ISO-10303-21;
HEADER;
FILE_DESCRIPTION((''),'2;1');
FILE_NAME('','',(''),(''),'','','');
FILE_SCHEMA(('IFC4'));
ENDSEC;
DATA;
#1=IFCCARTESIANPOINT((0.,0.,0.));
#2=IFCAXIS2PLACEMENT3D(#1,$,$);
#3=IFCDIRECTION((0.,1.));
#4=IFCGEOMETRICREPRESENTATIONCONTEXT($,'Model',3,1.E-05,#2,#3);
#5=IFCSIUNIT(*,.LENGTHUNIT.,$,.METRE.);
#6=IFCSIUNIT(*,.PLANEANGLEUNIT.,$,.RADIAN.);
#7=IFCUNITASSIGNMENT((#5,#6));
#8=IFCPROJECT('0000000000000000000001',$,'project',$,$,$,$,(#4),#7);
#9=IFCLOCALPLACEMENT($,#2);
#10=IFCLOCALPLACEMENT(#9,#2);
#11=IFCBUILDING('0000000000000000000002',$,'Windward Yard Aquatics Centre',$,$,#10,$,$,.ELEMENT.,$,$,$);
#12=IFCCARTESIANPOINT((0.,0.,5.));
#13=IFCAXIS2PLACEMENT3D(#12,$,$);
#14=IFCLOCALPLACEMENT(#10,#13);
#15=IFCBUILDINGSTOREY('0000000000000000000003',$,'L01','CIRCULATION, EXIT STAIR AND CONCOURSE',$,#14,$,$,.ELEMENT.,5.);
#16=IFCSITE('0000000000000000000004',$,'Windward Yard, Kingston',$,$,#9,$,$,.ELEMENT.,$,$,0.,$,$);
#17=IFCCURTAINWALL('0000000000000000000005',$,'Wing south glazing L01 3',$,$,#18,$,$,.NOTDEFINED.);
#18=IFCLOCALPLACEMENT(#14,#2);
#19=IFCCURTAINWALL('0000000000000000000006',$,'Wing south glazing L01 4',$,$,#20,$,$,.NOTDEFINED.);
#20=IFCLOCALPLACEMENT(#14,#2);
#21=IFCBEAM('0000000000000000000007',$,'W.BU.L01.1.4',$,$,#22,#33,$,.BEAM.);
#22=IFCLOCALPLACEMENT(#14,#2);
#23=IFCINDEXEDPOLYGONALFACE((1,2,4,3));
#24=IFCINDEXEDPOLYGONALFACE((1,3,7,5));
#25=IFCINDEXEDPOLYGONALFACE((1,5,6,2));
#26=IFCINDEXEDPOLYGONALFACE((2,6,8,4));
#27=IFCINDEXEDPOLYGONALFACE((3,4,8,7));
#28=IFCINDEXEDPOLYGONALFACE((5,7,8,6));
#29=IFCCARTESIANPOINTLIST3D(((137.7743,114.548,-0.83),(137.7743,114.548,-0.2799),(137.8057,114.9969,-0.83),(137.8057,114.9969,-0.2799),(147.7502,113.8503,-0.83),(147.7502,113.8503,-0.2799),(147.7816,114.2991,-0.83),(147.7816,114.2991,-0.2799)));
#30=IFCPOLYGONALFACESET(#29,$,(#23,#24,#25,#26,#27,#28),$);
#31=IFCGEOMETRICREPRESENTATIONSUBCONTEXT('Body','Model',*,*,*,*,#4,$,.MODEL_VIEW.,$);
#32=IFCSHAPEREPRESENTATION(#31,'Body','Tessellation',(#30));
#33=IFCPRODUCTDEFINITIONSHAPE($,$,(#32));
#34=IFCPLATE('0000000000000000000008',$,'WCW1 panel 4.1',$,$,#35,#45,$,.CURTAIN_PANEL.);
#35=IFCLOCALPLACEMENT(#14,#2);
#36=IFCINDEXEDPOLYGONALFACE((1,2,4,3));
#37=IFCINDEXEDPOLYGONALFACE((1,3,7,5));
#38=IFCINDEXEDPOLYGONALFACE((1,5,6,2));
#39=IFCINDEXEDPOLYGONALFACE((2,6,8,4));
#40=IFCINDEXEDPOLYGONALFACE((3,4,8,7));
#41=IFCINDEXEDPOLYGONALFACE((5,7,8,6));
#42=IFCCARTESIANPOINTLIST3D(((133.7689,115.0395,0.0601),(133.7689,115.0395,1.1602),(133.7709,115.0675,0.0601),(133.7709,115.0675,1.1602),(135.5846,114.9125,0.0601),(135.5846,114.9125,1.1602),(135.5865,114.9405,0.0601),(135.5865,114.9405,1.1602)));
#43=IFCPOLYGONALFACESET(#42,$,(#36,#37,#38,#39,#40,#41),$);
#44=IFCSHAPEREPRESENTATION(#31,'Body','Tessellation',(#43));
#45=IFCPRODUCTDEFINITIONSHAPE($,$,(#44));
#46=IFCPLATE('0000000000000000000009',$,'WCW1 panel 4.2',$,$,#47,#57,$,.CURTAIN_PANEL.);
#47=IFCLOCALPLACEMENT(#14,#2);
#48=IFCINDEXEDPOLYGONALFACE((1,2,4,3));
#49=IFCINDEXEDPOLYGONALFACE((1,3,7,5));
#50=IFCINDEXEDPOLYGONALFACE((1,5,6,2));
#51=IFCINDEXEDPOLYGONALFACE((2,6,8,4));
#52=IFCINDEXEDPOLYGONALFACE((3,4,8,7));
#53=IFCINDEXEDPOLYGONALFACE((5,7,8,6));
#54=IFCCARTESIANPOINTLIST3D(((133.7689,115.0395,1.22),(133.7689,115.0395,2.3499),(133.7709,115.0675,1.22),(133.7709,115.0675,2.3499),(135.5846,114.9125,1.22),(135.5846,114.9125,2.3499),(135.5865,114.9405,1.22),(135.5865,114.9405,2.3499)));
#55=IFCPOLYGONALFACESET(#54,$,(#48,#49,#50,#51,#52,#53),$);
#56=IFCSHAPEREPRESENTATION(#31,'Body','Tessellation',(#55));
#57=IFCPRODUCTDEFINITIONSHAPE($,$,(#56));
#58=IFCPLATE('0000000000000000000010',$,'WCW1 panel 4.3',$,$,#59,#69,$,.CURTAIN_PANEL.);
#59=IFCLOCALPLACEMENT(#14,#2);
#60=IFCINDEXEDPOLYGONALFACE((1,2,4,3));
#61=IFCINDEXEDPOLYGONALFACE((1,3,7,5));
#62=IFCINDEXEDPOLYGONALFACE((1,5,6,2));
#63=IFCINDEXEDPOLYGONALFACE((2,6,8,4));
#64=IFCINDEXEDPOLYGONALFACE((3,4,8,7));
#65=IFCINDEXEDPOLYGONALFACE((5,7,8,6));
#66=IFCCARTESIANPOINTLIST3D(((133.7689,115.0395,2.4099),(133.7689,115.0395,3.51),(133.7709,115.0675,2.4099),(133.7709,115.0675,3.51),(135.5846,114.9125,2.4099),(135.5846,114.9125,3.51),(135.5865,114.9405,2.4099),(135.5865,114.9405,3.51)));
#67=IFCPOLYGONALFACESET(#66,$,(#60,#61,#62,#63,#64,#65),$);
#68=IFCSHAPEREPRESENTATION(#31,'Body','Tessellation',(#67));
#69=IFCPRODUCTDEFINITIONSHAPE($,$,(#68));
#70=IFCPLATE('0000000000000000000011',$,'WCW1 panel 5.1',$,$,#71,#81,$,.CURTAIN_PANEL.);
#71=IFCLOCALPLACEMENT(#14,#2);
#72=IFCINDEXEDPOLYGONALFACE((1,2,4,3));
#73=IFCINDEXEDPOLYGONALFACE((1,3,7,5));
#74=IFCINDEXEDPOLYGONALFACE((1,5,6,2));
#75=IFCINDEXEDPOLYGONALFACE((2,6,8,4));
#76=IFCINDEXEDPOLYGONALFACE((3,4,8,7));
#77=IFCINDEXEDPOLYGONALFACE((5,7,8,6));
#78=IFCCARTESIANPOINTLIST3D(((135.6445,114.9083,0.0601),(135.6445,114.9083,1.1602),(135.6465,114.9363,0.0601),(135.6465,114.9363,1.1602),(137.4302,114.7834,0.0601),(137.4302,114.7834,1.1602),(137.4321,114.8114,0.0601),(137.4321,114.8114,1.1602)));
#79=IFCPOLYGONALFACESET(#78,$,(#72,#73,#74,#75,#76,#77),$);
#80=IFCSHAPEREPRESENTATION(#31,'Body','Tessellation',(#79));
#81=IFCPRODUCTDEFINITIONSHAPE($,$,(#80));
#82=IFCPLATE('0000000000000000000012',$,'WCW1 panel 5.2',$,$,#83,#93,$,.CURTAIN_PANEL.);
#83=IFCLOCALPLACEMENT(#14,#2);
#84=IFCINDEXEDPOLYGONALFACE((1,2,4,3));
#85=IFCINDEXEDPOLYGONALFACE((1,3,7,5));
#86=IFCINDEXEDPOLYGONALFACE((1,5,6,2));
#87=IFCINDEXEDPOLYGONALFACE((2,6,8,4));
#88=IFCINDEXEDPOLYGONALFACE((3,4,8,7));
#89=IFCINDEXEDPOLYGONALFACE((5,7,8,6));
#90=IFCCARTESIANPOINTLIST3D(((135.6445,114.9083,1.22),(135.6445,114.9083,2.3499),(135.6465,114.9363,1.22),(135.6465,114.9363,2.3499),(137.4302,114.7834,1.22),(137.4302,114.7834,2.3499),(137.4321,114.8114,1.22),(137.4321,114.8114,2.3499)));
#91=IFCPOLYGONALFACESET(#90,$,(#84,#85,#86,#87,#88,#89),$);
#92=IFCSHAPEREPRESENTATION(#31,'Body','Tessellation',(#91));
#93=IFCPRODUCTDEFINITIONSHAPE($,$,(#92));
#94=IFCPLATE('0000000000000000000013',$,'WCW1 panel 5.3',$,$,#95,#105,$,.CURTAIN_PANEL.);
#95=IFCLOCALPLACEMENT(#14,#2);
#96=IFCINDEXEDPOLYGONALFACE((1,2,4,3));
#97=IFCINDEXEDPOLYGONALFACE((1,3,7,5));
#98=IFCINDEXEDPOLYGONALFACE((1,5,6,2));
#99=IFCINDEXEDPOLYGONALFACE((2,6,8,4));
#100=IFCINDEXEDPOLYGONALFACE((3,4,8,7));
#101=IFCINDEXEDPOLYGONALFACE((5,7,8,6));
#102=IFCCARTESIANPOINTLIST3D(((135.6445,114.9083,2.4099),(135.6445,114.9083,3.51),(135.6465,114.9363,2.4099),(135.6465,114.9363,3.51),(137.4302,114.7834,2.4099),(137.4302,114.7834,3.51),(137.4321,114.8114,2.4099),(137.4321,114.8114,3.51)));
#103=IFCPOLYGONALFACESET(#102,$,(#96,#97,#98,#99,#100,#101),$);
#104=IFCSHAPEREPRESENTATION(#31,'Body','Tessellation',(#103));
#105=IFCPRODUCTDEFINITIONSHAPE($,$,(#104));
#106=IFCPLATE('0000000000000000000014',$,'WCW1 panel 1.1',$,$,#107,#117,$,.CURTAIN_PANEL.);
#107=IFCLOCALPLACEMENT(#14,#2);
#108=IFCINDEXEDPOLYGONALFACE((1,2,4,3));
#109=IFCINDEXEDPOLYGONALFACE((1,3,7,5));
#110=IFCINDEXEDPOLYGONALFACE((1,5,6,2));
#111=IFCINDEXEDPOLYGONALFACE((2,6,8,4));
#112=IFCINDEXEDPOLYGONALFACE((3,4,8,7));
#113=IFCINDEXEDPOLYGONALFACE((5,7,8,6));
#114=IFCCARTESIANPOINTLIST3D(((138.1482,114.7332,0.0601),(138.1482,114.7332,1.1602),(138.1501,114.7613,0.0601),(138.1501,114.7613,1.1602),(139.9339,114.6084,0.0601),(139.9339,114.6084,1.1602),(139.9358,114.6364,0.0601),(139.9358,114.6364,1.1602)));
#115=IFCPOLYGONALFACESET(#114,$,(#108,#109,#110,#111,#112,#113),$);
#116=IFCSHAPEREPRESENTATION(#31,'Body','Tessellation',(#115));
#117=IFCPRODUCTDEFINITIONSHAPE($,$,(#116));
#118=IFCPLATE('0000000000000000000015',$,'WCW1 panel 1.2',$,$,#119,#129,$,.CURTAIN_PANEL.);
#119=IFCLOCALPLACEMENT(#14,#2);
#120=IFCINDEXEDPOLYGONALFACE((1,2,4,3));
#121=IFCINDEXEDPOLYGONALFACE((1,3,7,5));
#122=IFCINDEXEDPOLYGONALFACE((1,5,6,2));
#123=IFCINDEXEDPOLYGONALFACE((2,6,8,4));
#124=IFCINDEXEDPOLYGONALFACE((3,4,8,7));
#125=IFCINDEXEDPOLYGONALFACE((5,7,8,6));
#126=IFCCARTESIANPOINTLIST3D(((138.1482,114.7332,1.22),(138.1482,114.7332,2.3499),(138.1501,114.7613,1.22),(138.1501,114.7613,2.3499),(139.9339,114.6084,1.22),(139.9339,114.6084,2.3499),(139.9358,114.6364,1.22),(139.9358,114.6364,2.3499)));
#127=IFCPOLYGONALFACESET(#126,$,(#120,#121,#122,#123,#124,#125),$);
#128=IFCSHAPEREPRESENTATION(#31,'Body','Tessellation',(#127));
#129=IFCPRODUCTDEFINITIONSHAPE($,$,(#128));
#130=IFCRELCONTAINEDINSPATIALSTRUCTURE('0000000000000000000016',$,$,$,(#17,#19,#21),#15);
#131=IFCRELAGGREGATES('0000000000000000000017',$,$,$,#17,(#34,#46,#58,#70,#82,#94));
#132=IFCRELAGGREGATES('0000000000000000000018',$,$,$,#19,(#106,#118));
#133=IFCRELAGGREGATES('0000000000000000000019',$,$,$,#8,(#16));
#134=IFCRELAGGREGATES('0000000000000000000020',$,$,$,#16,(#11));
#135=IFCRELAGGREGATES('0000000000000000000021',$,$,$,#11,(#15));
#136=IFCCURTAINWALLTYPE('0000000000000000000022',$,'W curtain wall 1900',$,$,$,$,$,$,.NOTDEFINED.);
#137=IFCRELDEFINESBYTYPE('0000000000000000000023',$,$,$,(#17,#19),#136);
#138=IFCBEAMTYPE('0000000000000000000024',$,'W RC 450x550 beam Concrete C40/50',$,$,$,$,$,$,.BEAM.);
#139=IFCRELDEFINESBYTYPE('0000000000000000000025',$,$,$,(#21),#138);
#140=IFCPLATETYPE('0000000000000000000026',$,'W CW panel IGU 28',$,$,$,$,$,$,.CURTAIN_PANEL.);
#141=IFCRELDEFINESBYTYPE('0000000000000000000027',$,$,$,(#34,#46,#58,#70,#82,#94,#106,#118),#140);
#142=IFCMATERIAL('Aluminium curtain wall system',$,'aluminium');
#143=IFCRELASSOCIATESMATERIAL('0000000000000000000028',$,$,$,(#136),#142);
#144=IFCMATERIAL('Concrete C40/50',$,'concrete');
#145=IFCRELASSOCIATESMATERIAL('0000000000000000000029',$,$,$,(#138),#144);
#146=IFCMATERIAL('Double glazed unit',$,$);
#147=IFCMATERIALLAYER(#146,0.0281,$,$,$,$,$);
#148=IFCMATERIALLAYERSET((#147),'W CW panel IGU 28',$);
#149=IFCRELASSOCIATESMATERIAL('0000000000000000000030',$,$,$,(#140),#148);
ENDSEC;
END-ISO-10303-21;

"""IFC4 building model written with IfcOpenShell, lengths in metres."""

from ifc_helpers import new_model, si_unit, direction, frame, origin, origin_2d, place, context, subcontext, project, spatial, rectangle, extrude, material, layer, layer_set, material_profile, profile_set, type_object, element, aggregate, save


model = new_model("IFC4")

# Units and contexts
model_context = context("Model", 3, precision=1e-05, world=origin(), true_north=direction((0.0, 1.0)))
body_context = subcontext(model_context, "Body", "Model", "MODEL_VIEW")
ifc_project = project(units=[si_unit("LENGTHUNIT", "METRE"), si_unit("PLANEANGLEUNIT", "RADIAN")], contexts=[model_context])

# Site, building, storey
site_placement = place(None, origin())
site = spatial("IfcSite", under=ifc_project, at=site_placement, Name="Windward Yard, Kingston", CompositionType="ELEMENT", RefElevation=0.0)
building_placement = place(site_placement, origin())
building = spatial("IfcBuilding", under=site, at=building_placement, Name="Windward Yard Aquatics Centre", CompositionType="ELEMENT")
storey_placement = place(building_placement, frame((0.0, 0.0, 5.0)))
storey = spatial("IfcBuildingStorey", under=building, at=storey_placement, Name="L01", Description="CIRCULATION, EXIT STAIR AND CONCOURSE", CompositionType="ELEMENT", Elevation=5.0)

# Curtain wall
ifc_material_1 = material(Name="Aluminium curtain wall system", Category="aluminium")
curtain_wall_type = type_object("IfcCurtainWallType", Name="W curtain wall 1900", PredefinedType="NOTDEFINED", material=ifc_material_1)
curtain_wall_1_placement = place(storey_placement, origin())
curtain_wall_1 = element("IfcCurtainWall", 1, at=curtain_wall_1_placement, inside=storey, type_object=curtain_wall_type, Name="Wing south glazing L01 3", PredefinedType="NOTDEFINED")

# Curtain wall
curtain_wall_2_placement = place(storey_placement, origin())
curtain_wall_2 = element("IfcCurtainWall", 2, at=curtain_wall_2_placement, inside=storey, type_object=curtain_wall_type, Name="Wing south glazing L01 4", PredefinedType="NOTDEFINED")

# Beam
ifc_material_2 = material(Name="Concrete C40/50", Category="concrete")
ifc_material_profile_1 = material_profile(ifc_material_2, rectangle(XDim=0.45, YDim=0.55, at=origin_2d()), Name="RC 450x550")
ifc_profile_set_1 = profile_set([ifc_material_profile_1], Name="Concrete C40/50")
beam_type_1 = type_object("IfcBeamType", Name="W RC 450x550 beam Concrete C40/50", PredefinedType="BEAM", material=ifc_profile_set_1)
beam_1_placement = place(storey_placement, frame((137.79, 114.7725, -0.5549), z_axis=(0.997563, -0.069774, 0.0), x_axis=(0.069774, 0.997563, 0.0)))
element("IfcBeam", 3, at=beam_1_placement, inside=storey, type_object=beam_type_1, Name="W.BU.L01.1.4", PredefinedType="BEAM", context=body_context, shape_type="SweptSolid", body=[
    extrude(rectangle(XDim=0.45, YDim=0.55, at=origin_2d()), origin(), (0.0, 0.0, 1.0), 10.0002),
])

# Plates
ifc_material_3 = material(Name="Double glazed unit")
ifc_layer = layer(ifc_material_3, 0.0281)
ifc_layer_set = layer_set([ifc_layer], Name="W CW panel IGU 28")
plate_type = type_object("IfcPlateType", Name="W CW panel IGU 28", PredefinedType="CURTAIN_PANEL", material=ifc_layer_set)
plate_1_placement = place(storey_placement, frame((134.6777, 114.99, 0.0601), z_axis=(0.0, 0.0, 1.0), x_axis=(0.997564, -0.069755, 0.0)))
plate_1 = element("IfcPlate", 4, at=plate_1_placement, type_object=plate_type, Name="WCW1 panel 4.1", PredefinedType="CURTAIN_PANEL", context=body_context, shape_type="SweptSolid", body=[
    extrude(rectangle(XDim=1.8201, YDim=0.0281, at=origin_2d()), origin(), (0.0, 0.0, 1.0), 1.1001),
])
plate_2_placement = place(storey_placement, frame((134.6777, 114.99, 1.22), z_axis=(0.0, 0.0, 1.0), x_axis=(0.997564, -0.069755, 0.0)))
plate_2 = element("IfcPlate", 5, at=plate_2_placement, type_object=plate_type, Name="WCW1 panel 4.2", PredefinedType="CURTAIN_PANEL", context=body_context, shape_type="SweptSolid", body=[
    extrude(rectangle(XDim=1.8201, YDim=0.0281, at=origin_2d()), origin(), (0.0, 0.0, 1.0), 1.1299),
])
plate_3_placement = place(storey_placement, frame((134.6777, 114.99, 2.4099), z_axis=(0.0, 0.0, 1.0), x_axis=(0.997564, -0.069755, 0.0)))
plate_3 = element("IfcPlate", 6, at=plate_3_placement, type_object=plate_type, Name="WCW1 panel 4.3", PredefinedType="CURTAIN_PANEL", context=body_context, shape_type="SweptSolid", body=[
    extrude(rectangle(XDim=1.8201, YDim=0.0281, at=origin_2d()), origin(), (0.0, 0.0, 1.0), 1.1001),
])
plate_4_placement = place(storey_placement, frame((136.5383, 114.8599, 0.0601), z_axis=(0.0, 0.0, 1.0), x_axis=(0.997564, -0.069755, 0.0)))
plate_4 = element("IfcPlate", 7, at=plate_4_placement, type_object=plate_type, Name="WCW1 panel 5.1", PredefinedType="CURTAIN_PANEL", context=body_context, shape_type="SweptSolid", body=[
    extrude(rectangle(XDim=1.79, YDim=0.0281, at=origin_2d()), origin(), (0.0, 0.0, 1.0), 1.1001),
])
plate_5_placement = place(storey_placement, frame((136.5383, 114.8599, 1.22), z_axis=(0.0, 0.0, 1.0), x_axis=(0.997564, -0.069755, 0.0)))
plate_5 = element("IfcPlate", 8, at=plate_5_placement, type_object=plate_type, Name="WCW1 panel 5.2", PredefinedType="CURTAIN_PANEL", context=body_context, shape_type="SweptSolid", body=[
    extrude(rectangle(XDim=1.79, YDim=0.0281, at=origin_2d()), origin(), (0.0, 0.0, 1.0), 1.1299),
])
plate_6_placement = place(storey_placement, frame((136.5383, 114.8599, 2.4099), z_axis=(0.0, 0.0, 1.0), x_axis=(0.997564, -0.069755, 0.0)))
plate_6 = element("IfcPlate", 9, at=plate_6_placement, type_object=plate_type, Name="WCW1 panel 5.3", PredefinedType="CURTAIN_PANEL", context=body_context, shape_type="SweptSolid", body=[
    extrude(rectangle(XDim=1.79, YDim=0.0281, at=origin_2d()), origin(), (0.0, 0.0, 1.0), 1.1001),
])
aggregate(curtain_wall_1, [plate_1, plate_2, plate_3, plate_4, plate_5, plate_6])
plate_7_placement = place(storey_placement, frame((139.042, 114.6848, 0.0601), z_axis=(0.0, 0.0, 1.0), x_axis=(0.997564, -0.069755, 0.0)))
plate_7 = element("IfcPlate", 10, at=plate_7_placement, type_object=plate_type, Name="WCW1 panel 1.1", PredefinedType="CURTAIN_PANEL", context=body_context, shape_type="SweptSolid", body=[
    extrude(rectangle(XDim=1.79, YDim=0.0281, at=origin_2d()), origin(), (0.0, 0.0, 1.0), 1.1001),
])
plate_8_placement = place(storey_placement, frame((139.042, 114.6848, 1.22), z_axis=(0.0, 0.0, 1.0), x_axis=(0.997564, -0.069755, 0.0)))
plate_8 = element("IfcPlate", 11, at=plate_8_placement, type_object=plate_type, Name="WCW1 panel 1.2", PredefinedType="CURTAIN_PANEL", context=body_context, shape_type="SweptSolid", body=[
    extrude(rectangle(XDim=1.79, YDim=0.0281, at=origin_2d()), origin(), (0.0, 0.0, 1.0), 1.1299),
])
aggregate(curtain_wall_2, [plate_7, plate_8])

save(model, "model.ifc")
